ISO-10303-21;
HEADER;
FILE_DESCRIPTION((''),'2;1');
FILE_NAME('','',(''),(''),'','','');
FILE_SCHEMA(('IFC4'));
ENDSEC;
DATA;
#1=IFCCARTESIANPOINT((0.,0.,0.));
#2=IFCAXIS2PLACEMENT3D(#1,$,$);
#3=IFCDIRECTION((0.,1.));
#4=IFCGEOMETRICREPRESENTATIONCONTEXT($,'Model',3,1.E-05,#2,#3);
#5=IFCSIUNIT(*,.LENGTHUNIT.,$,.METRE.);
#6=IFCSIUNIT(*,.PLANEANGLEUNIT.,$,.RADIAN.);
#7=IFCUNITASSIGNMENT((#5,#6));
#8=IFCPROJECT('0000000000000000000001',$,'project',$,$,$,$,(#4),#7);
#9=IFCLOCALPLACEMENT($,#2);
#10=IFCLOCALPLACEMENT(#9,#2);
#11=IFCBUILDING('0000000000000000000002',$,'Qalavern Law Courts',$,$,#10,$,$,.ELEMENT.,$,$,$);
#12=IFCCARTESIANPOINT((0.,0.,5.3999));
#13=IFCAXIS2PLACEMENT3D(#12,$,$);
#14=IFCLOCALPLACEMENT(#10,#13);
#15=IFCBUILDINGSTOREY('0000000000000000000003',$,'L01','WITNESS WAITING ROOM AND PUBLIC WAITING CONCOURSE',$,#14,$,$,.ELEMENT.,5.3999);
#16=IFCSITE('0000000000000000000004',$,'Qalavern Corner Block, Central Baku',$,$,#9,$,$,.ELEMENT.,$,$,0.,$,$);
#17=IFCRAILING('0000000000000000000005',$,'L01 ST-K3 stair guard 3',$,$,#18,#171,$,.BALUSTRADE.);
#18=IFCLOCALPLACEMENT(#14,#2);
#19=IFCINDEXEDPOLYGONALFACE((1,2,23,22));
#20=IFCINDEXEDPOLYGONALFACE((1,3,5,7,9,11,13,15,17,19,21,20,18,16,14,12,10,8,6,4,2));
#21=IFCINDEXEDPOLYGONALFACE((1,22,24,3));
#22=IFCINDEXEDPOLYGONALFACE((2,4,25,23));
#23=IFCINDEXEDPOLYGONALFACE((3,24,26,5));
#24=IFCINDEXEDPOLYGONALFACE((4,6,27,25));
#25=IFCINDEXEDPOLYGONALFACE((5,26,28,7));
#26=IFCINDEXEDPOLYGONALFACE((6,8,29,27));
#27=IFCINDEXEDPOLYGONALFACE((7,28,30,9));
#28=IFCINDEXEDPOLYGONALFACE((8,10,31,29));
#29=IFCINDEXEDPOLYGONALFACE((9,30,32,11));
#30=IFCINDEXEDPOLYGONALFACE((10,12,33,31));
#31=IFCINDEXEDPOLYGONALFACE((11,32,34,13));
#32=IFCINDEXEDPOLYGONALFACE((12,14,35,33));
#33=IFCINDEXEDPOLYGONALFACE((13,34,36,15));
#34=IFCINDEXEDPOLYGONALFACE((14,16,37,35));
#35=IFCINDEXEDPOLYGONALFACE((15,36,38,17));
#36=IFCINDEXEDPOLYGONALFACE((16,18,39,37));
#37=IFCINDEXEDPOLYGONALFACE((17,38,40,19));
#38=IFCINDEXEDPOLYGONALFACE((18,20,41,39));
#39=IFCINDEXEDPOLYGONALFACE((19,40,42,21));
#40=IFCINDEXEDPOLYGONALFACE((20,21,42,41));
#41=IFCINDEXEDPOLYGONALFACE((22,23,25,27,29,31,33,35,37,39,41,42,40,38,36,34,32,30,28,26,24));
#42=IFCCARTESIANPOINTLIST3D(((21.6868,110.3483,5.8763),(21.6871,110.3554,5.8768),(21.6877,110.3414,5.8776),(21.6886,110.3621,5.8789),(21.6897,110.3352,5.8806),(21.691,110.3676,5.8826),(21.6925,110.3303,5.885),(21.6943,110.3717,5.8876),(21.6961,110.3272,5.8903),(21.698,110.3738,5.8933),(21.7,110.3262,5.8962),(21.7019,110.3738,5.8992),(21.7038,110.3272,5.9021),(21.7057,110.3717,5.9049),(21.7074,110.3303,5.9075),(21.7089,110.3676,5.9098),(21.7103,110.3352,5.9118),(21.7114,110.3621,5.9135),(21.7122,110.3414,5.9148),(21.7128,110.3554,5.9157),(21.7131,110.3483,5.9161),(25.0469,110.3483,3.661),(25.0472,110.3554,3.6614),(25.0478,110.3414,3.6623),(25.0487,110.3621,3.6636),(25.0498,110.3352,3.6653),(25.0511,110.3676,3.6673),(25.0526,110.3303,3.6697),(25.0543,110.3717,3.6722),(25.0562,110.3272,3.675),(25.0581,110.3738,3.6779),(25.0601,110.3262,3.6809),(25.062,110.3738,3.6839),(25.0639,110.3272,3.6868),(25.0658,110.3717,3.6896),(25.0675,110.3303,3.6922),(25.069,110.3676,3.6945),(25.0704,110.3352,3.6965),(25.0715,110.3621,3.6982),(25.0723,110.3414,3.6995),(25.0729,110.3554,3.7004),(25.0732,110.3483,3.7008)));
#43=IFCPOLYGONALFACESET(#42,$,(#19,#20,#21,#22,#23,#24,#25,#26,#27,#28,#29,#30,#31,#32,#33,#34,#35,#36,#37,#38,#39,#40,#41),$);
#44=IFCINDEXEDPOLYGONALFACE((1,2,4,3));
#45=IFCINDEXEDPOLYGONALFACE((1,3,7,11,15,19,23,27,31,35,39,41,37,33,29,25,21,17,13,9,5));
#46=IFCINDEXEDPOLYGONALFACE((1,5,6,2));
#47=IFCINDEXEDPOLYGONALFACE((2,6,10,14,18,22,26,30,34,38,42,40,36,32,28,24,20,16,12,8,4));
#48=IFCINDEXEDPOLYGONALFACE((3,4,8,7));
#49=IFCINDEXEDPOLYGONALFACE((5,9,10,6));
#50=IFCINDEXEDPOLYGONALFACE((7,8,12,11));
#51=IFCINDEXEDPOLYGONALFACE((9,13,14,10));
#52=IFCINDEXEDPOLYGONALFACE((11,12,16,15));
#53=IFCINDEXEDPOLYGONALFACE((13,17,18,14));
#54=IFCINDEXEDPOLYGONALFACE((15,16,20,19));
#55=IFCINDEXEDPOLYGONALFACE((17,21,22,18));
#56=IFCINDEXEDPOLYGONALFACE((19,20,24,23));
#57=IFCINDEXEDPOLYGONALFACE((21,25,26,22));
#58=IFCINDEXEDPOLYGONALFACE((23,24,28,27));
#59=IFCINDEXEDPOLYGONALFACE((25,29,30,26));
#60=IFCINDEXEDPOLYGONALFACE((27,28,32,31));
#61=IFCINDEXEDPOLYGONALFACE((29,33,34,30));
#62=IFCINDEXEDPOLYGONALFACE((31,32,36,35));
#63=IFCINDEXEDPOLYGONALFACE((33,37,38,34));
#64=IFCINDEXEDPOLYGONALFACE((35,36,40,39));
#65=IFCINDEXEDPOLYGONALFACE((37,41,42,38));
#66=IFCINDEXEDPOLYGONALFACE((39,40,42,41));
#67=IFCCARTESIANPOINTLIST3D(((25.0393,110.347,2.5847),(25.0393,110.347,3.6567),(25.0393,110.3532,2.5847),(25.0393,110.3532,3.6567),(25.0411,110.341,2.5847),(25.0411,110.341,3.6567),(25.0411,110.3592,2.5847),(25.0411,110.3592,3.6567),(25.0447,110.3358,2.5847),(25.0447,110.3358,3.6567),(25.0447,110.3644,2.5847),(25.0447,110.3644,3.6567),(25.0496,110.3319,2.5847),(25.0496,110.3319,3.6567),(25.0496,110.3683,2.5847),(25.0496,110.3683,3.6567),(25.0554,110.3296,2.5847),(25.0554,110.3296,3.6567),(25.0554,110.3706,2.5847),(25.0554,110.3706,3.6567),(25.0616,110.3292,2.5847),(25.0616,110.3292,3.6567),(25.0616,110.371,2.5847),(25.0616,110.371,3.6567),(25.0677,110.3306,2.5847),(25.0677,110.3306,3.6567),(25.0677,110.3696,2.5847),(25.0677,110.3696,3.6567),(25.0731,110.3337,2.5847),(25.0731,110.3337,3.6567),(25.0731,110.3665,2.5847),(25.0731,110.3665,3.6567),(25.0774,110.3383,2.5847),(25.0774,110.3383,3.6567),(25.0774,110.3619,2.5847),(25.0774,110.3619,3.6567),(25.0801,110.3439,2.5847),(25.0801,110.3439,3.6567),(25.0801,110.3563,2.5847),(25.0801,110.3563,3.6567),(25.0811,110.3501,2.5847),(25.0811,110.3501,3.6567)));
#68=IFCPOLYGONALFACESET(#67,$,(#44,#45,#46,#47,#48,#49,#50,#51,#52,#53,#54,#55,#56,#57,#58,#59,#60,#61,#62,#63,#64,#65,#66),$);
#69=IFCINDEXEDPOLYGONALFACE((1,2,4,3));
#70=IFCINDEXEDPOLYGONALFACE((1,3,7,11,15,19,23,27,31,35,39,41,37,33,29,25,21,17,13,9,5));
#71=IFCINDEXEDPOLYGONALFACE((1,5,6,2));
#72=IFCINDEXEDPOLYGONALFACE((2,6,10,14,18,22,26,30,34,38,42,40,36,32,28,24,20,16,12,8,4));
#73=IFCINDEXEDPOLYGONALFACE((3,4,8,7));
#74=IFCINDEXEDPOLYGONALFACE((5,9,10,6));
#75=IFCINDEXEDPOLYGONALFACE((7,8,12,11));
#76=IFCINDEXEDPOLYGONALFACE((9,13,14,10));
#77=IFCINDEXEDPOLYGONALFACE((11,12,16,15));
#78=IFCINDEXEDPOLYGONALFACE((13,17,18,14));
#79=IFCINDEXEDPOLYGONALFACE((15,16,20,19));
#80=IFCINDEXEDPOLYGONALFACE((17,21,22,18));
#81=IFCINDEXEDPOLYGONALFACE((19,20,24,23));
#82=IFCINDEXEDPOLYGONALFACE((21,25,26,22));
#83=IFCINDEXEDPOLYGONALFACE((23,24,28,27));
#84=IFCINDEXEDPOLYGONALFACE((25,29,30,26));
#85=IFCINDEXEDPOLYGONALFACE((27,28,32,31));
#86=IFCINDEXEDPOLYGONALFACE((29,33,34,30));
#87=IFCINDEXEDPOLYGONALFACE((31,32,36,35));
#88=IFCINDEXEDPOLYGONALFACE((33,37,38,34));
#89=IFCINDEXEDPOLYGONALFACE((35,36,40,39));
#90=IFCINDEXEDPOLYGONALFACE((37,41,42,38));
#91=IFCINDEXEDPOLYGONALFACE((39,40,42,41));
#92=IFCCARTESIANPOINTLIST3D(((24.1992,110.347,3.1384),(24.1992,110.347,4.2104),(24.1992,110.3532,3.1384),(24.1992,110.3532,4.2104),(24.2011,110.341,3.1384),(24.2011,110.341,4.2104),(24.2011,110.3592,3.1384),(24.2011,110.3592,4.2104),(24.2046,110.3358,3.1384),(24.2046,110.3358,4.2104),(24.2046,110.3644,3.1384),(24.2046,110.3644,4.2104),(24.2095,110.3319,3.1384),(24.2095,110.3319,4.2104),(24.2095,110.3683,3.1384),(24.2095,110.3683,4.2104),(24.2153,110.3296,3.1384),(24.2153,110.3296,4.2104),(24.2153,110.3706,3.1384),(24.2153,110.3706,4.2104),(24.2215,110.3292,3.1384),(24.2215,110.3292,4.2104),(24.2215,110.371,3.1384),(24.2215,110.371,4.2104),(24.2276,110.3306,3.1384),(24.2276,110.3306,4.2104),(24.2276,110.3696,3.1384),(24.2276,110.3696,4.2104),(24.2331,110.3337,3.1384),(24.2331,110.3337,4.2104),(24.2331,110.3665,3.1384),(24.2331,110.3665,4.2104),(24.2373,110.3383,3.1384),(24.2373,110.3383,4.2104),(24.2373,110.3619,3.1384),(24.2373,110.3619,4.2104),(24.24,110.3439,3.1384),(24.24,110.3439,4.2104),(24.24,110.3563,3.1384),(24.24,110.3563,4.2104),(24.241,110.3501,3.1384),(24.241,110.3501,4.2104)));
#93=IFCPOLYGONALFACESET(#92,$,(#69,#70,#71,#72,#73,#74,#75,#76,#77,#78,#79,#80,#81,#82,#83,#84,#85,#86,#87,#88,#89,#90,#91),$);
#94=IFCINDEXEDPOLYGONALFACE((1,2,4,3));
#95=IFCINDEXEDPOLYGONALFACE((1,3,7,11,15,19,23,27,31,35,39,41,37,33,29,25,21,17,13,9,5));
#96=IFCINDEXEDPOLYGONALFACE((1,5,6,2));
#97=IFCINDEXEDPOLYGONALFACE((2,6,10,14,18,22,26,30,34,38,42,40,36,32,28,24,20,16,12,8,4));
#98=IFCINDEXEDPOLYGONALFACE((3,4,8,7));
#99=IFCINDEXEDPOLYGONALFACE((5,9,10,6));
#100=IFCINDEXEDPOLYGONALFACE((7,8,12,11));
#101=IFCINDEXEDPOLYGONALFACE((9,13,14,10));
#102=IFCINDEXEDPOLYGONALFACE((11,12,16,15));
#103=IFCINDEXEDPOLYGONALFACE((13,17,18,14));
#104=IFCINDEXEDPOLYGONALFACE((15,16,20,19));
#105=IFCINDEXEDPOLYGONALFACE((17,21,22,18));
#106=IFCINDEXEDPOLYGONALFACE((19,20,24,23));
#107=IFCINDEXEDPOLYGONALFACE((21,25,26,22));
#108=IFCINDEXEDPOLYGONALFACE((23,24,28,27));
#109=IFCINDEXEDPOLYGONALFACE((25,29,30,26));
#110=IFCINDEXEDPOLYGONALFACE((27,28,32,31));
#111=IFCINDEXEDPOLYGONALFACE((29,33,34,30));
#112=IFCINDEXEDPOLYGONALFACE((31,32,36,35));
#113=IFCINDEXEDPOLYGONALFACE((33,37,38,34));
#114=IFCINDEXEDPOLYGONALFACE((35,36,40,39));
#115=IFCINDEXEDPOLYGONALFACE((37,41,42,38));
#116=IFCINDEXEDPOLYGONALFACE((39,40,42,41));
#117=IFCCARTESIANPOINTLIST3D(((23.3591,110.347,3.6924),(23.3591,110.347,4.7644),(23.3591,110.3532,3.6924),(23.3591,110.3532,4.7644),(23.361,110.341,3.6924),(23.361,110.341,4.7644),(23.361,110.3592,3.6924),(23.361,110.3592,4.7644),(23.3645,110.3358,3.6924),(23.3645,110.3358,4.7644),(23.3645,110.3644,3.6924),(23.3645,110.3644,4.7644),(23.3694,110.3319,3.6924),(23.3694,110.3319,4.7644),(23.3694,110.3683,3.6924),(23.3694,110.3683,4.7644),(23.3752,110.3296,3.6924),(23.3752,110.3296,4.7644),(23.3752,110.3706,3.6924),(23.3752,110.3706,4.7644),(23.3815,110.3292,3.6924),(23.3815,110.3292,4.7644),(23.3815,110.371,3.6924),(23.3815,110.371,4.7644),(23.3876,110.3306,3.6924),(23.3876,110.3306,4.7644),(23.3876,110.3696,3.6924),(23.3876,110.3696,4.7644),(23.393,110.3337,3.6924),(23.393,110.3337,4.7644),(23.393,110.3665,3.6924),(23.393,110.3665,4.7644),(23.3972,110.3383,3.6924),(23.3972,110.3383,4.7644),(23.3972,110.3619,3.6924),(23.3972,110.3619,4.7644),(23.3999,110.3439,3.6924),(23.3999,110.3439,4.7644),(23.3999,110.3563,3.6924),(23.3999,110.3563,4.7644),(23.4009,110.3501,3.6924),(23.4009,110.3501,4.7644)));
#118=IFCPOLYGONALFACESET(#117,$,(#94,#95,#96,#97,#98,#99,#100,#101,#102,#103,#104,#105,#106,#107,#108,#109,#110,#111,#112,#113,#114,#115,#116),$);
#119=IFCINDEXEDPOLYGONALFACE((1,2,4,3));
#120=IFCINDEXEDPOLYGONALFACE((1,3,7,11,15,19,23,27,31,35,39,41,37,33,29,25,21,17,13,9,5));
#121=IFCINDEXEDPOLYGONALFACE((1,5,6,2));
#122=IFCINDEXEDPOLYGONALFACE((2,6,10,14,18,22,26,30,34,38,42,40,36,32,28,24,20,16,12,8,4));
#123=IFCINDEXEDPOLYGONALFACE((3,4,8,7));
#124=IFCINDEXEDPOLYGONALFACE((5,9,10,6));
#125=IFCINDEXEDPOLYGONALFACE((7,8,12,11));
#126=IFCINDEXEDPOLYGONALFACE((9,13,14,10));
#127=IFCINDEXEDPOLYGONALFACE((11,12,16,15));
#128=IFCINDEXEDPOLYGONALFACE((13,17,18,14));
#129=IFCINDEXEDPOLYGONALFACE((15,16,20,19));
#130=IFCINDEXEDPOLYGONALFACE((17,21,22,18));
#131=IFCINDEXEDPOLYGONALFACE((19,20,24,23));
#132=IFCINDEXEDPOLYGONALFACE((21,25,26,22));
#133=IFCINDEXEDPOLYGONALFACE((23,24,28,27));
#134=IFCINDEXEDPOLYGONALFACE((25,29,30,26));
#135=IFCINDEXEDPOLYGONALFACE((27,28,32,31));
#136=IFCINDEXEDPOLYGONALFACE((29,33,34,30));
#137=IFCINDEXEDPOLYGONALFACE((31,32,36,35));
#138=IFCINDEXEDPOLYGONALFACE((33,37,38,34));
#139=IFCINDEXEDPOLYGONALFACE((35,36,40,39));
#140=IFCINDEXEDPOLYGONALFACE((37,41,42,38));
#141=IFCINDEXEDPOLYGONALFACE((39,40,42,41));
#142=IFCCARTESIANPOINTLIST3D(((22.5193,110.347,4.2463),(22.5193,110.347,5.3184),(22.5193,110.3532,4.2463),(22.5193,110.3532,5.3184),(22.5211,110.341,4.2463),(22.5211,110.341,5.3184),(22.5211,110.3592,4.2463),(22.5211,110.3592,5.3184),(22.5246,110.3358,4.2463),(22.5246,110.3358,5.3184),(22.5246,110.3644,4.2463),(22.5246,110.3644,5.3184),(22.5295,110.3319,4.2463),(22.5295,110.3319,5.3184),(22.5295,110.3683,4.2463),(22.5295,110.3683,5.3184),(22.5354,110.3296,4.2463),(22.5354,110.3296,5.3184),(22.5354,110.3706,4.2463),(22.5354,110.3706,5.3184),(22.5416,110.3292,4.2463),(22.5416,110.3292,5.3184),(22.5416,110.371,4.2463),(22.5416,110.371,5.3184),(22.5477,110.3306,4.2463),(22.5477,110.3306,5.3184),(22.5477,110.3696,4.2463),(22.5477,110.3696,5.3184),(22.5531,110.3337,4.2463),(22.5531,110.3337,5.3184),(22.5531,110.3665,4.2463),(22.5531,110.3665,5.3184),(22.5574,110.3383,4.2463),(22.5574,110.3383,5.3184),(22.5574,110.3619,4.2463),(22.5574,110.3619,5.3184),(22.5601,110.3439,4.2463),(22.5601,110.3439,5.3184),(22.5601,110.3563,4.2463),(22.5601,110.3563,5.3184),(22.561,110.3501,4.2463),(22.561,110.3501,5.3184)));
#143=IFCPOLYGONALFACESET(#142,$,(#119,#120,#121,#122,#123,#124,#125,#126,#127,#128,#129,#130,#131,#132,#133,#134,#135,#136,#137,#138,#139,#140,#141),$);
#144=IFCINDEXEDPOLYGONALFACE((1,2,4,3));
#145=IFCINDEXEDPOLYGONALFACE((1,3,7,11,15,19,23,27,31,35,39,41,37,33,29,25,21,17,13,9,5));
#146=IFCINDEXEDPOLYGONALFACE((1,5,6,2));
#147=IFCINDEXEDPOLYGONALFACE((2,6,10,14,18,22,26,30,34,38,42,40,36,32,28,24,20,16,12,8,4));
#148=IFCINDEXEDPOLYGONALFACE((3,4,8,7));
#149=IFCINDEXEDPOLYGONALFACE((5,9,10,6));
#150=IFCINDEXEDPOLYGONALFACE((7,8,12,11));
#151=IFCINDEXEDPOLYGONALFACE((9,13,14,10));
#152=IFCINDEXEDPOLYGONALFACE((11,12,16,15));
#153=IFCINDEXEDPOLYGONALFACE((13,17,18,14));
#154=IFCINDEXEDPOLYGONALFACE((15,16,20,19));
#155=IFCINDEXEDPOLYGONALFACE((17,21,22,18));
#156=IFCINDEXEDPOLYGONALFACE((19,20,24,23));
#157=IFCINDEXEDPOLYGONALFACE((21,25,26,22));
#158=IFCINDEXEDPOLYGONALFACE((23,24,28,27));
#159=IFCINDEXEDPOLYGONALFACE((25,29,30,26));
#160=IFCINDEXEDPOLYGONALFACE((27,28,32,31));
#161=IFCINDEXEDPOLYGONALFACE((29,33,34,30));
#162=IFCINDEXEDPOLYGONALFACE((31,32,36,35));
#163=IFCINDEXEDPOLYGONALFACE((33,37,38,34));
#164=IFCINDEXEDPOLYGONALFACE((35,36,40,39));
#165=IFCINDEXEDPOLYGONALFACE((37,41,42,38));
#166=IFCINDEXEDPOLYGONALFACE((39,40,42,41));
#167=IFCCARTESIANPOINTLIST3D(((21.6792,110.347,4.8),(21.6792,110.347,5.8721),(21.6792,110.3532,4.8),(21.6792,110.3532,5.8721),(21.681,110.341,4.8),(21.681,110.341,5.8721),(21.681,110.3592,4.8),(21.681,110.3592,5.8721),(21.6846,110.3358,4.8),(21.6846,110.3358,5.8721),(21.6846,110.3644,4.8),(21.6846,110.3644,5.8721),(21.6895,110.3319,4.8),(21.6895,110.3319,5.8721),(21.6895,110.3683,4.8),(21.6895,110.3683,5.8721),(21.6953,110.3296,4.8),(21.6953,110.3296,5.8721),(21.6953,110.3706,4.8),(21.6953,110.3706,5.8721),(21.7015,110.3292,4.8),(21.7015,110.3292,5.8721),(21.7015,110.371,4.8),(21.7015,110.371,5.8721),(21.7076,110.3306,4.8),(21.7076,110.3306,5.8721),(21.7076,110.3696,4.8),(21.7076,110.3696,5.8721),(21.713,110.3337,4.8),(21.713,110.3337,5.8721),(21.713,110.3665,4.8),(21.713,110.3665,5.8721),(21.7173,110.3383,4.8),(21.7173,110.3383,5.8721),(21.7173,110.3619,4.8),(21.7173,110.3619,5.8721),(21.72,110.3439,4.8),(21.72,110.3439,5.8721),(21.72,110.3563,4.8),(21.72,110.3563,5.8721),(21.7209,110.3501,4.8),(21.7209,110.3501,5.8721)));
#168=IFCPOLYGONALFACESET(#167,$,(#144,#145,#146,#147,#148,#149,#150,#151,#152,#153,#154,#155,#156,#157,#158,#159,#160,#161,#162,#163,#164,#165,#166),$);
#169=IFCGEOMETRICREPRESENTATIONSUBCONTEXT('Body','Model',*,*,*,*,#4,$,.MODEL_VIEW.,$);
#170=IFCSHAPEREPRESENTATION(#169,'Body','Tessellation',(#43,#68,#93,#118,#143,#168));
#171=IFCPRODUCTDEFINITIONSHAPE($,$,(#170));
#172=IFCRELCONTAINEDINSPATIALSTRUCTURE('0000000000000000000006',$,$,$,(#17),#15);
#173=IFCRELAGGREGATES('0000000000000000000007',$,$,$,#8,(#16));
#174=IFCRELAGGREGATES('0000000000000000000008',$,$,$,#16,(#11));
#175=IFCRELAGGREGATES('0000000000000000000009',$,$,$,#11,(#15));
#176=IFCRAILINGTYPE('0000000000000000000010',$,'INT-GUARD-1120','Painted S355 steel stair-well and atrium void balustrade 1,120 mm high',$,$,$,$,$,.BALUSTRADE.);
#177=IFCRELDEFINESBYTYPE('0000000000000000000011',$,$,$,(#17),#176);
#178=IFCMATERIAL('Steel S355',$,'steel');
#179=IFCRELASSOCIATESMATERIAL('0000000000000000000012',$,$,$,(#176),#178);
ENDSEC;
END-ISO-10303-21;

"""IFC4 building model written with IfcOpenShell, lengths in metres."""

from ifc_helpers import new_model, si_unit, direction, frame, origin, origin_2d, place, context, subcontext, project, spatial, circle, extrude, material, type_object, element, save


model = new_model("IFC4")

# Units and contexts
model_context = context("Model", 3, precision=1e-05, world=origin(), true_north=direction((0.0, 1.0)))
body_context = subcontext(model_context, "Body", "Model", "MODEL_VIEW")
ifc_project = project(units=[si_unit("LENGTHUNIT", "METRE"), si_unit("PLANEANGLEUNIT", "RADIAN")], contexts=[model_context])

# Site, building, storey
site_placement = place(None, origin())
site = spatial("IfcSite", under=ifc_project, at=site_placement, Name="Qalavern Corner Block, Central Baku", CompositionType="ELEMENT", RefElevation=0.0)
building_placement = place(site_placement, origin())
building = spatial("IfcBuilding", under=site, at=building_placement, Name="Qalavern Law Courts", CompositionType="ELEMENT")
storey_placement = place(building_placement, frame((0.0, 0.0, 5.3999)))
storey = spatial("IfcBuildingStorey", under=building, at=storey_placement, Name="L01", Description="WITNESS WAITING ROOM AND PUBLIC WAITING CONCOURSE", CompositionType="ELEMENT", Elevation=5.3999)

# Railing
ifc_material_1 = material(Name="Steel S355", Category="steel")
railing_type_1 = type_object("IfcRailingType", Name="INT-GUARD-1120", Description="Painted S355 steel stair-well and atrium void balustrade 1,120 mm high", PredefinedType="BALUSTRADE", material=ifc_material_1)
railing_1_placement = place(storey_placement, frame((25.0601, 110.3501, 2.5847)))
element("IfcRailing", 1, at=railing_1_placement, inside=storey, type_object=railing_type_1, Name="L01 ST-K3 stair guard 3", PredefinedType="BALUSTRADE", context=body_context, shape_type="SweptSolid", body=[
    extrude(circle(Radius=0.0239, at=origin_2d()), frame((0.0, 0.0, 1.0962), z_axis=(-0.834876, 0.0, 0.550437), x_axis=(0.0, -1.0, 0.0)), (0.0, 0.0, 1.0), 4.0247),
    extrude(circle(Radius=0.021, at=origin_2d()), origin(), (0.0, 0.0, 1.0), 1.072),
    extrude(circle(Radius=0.021, at=origin_2d()), frame((-0.8401, 0.0, 0.5537)), (0.0, 0.0, 1.0), 1.072),
    extrude(circle(Radius=0.021, at=origin_2d()), frame((-1.6802, 0.0, 1.1077)), (0.0, 0.0, 1.0), 1.072),
    extrude(circle(Radius=0.021, at=origin_2d()), frame((-2.52, 0.0, 1.6616)), (0.0, 0.0, 1.0), 1.072),
    extrude(circle(Radius=0.021, at=origin_2d()), frame((-3.3601, 0.0, 2.2153)), (0.0, 0.0, 1.0), 1.072),
])

save(model, "model.ifc")
